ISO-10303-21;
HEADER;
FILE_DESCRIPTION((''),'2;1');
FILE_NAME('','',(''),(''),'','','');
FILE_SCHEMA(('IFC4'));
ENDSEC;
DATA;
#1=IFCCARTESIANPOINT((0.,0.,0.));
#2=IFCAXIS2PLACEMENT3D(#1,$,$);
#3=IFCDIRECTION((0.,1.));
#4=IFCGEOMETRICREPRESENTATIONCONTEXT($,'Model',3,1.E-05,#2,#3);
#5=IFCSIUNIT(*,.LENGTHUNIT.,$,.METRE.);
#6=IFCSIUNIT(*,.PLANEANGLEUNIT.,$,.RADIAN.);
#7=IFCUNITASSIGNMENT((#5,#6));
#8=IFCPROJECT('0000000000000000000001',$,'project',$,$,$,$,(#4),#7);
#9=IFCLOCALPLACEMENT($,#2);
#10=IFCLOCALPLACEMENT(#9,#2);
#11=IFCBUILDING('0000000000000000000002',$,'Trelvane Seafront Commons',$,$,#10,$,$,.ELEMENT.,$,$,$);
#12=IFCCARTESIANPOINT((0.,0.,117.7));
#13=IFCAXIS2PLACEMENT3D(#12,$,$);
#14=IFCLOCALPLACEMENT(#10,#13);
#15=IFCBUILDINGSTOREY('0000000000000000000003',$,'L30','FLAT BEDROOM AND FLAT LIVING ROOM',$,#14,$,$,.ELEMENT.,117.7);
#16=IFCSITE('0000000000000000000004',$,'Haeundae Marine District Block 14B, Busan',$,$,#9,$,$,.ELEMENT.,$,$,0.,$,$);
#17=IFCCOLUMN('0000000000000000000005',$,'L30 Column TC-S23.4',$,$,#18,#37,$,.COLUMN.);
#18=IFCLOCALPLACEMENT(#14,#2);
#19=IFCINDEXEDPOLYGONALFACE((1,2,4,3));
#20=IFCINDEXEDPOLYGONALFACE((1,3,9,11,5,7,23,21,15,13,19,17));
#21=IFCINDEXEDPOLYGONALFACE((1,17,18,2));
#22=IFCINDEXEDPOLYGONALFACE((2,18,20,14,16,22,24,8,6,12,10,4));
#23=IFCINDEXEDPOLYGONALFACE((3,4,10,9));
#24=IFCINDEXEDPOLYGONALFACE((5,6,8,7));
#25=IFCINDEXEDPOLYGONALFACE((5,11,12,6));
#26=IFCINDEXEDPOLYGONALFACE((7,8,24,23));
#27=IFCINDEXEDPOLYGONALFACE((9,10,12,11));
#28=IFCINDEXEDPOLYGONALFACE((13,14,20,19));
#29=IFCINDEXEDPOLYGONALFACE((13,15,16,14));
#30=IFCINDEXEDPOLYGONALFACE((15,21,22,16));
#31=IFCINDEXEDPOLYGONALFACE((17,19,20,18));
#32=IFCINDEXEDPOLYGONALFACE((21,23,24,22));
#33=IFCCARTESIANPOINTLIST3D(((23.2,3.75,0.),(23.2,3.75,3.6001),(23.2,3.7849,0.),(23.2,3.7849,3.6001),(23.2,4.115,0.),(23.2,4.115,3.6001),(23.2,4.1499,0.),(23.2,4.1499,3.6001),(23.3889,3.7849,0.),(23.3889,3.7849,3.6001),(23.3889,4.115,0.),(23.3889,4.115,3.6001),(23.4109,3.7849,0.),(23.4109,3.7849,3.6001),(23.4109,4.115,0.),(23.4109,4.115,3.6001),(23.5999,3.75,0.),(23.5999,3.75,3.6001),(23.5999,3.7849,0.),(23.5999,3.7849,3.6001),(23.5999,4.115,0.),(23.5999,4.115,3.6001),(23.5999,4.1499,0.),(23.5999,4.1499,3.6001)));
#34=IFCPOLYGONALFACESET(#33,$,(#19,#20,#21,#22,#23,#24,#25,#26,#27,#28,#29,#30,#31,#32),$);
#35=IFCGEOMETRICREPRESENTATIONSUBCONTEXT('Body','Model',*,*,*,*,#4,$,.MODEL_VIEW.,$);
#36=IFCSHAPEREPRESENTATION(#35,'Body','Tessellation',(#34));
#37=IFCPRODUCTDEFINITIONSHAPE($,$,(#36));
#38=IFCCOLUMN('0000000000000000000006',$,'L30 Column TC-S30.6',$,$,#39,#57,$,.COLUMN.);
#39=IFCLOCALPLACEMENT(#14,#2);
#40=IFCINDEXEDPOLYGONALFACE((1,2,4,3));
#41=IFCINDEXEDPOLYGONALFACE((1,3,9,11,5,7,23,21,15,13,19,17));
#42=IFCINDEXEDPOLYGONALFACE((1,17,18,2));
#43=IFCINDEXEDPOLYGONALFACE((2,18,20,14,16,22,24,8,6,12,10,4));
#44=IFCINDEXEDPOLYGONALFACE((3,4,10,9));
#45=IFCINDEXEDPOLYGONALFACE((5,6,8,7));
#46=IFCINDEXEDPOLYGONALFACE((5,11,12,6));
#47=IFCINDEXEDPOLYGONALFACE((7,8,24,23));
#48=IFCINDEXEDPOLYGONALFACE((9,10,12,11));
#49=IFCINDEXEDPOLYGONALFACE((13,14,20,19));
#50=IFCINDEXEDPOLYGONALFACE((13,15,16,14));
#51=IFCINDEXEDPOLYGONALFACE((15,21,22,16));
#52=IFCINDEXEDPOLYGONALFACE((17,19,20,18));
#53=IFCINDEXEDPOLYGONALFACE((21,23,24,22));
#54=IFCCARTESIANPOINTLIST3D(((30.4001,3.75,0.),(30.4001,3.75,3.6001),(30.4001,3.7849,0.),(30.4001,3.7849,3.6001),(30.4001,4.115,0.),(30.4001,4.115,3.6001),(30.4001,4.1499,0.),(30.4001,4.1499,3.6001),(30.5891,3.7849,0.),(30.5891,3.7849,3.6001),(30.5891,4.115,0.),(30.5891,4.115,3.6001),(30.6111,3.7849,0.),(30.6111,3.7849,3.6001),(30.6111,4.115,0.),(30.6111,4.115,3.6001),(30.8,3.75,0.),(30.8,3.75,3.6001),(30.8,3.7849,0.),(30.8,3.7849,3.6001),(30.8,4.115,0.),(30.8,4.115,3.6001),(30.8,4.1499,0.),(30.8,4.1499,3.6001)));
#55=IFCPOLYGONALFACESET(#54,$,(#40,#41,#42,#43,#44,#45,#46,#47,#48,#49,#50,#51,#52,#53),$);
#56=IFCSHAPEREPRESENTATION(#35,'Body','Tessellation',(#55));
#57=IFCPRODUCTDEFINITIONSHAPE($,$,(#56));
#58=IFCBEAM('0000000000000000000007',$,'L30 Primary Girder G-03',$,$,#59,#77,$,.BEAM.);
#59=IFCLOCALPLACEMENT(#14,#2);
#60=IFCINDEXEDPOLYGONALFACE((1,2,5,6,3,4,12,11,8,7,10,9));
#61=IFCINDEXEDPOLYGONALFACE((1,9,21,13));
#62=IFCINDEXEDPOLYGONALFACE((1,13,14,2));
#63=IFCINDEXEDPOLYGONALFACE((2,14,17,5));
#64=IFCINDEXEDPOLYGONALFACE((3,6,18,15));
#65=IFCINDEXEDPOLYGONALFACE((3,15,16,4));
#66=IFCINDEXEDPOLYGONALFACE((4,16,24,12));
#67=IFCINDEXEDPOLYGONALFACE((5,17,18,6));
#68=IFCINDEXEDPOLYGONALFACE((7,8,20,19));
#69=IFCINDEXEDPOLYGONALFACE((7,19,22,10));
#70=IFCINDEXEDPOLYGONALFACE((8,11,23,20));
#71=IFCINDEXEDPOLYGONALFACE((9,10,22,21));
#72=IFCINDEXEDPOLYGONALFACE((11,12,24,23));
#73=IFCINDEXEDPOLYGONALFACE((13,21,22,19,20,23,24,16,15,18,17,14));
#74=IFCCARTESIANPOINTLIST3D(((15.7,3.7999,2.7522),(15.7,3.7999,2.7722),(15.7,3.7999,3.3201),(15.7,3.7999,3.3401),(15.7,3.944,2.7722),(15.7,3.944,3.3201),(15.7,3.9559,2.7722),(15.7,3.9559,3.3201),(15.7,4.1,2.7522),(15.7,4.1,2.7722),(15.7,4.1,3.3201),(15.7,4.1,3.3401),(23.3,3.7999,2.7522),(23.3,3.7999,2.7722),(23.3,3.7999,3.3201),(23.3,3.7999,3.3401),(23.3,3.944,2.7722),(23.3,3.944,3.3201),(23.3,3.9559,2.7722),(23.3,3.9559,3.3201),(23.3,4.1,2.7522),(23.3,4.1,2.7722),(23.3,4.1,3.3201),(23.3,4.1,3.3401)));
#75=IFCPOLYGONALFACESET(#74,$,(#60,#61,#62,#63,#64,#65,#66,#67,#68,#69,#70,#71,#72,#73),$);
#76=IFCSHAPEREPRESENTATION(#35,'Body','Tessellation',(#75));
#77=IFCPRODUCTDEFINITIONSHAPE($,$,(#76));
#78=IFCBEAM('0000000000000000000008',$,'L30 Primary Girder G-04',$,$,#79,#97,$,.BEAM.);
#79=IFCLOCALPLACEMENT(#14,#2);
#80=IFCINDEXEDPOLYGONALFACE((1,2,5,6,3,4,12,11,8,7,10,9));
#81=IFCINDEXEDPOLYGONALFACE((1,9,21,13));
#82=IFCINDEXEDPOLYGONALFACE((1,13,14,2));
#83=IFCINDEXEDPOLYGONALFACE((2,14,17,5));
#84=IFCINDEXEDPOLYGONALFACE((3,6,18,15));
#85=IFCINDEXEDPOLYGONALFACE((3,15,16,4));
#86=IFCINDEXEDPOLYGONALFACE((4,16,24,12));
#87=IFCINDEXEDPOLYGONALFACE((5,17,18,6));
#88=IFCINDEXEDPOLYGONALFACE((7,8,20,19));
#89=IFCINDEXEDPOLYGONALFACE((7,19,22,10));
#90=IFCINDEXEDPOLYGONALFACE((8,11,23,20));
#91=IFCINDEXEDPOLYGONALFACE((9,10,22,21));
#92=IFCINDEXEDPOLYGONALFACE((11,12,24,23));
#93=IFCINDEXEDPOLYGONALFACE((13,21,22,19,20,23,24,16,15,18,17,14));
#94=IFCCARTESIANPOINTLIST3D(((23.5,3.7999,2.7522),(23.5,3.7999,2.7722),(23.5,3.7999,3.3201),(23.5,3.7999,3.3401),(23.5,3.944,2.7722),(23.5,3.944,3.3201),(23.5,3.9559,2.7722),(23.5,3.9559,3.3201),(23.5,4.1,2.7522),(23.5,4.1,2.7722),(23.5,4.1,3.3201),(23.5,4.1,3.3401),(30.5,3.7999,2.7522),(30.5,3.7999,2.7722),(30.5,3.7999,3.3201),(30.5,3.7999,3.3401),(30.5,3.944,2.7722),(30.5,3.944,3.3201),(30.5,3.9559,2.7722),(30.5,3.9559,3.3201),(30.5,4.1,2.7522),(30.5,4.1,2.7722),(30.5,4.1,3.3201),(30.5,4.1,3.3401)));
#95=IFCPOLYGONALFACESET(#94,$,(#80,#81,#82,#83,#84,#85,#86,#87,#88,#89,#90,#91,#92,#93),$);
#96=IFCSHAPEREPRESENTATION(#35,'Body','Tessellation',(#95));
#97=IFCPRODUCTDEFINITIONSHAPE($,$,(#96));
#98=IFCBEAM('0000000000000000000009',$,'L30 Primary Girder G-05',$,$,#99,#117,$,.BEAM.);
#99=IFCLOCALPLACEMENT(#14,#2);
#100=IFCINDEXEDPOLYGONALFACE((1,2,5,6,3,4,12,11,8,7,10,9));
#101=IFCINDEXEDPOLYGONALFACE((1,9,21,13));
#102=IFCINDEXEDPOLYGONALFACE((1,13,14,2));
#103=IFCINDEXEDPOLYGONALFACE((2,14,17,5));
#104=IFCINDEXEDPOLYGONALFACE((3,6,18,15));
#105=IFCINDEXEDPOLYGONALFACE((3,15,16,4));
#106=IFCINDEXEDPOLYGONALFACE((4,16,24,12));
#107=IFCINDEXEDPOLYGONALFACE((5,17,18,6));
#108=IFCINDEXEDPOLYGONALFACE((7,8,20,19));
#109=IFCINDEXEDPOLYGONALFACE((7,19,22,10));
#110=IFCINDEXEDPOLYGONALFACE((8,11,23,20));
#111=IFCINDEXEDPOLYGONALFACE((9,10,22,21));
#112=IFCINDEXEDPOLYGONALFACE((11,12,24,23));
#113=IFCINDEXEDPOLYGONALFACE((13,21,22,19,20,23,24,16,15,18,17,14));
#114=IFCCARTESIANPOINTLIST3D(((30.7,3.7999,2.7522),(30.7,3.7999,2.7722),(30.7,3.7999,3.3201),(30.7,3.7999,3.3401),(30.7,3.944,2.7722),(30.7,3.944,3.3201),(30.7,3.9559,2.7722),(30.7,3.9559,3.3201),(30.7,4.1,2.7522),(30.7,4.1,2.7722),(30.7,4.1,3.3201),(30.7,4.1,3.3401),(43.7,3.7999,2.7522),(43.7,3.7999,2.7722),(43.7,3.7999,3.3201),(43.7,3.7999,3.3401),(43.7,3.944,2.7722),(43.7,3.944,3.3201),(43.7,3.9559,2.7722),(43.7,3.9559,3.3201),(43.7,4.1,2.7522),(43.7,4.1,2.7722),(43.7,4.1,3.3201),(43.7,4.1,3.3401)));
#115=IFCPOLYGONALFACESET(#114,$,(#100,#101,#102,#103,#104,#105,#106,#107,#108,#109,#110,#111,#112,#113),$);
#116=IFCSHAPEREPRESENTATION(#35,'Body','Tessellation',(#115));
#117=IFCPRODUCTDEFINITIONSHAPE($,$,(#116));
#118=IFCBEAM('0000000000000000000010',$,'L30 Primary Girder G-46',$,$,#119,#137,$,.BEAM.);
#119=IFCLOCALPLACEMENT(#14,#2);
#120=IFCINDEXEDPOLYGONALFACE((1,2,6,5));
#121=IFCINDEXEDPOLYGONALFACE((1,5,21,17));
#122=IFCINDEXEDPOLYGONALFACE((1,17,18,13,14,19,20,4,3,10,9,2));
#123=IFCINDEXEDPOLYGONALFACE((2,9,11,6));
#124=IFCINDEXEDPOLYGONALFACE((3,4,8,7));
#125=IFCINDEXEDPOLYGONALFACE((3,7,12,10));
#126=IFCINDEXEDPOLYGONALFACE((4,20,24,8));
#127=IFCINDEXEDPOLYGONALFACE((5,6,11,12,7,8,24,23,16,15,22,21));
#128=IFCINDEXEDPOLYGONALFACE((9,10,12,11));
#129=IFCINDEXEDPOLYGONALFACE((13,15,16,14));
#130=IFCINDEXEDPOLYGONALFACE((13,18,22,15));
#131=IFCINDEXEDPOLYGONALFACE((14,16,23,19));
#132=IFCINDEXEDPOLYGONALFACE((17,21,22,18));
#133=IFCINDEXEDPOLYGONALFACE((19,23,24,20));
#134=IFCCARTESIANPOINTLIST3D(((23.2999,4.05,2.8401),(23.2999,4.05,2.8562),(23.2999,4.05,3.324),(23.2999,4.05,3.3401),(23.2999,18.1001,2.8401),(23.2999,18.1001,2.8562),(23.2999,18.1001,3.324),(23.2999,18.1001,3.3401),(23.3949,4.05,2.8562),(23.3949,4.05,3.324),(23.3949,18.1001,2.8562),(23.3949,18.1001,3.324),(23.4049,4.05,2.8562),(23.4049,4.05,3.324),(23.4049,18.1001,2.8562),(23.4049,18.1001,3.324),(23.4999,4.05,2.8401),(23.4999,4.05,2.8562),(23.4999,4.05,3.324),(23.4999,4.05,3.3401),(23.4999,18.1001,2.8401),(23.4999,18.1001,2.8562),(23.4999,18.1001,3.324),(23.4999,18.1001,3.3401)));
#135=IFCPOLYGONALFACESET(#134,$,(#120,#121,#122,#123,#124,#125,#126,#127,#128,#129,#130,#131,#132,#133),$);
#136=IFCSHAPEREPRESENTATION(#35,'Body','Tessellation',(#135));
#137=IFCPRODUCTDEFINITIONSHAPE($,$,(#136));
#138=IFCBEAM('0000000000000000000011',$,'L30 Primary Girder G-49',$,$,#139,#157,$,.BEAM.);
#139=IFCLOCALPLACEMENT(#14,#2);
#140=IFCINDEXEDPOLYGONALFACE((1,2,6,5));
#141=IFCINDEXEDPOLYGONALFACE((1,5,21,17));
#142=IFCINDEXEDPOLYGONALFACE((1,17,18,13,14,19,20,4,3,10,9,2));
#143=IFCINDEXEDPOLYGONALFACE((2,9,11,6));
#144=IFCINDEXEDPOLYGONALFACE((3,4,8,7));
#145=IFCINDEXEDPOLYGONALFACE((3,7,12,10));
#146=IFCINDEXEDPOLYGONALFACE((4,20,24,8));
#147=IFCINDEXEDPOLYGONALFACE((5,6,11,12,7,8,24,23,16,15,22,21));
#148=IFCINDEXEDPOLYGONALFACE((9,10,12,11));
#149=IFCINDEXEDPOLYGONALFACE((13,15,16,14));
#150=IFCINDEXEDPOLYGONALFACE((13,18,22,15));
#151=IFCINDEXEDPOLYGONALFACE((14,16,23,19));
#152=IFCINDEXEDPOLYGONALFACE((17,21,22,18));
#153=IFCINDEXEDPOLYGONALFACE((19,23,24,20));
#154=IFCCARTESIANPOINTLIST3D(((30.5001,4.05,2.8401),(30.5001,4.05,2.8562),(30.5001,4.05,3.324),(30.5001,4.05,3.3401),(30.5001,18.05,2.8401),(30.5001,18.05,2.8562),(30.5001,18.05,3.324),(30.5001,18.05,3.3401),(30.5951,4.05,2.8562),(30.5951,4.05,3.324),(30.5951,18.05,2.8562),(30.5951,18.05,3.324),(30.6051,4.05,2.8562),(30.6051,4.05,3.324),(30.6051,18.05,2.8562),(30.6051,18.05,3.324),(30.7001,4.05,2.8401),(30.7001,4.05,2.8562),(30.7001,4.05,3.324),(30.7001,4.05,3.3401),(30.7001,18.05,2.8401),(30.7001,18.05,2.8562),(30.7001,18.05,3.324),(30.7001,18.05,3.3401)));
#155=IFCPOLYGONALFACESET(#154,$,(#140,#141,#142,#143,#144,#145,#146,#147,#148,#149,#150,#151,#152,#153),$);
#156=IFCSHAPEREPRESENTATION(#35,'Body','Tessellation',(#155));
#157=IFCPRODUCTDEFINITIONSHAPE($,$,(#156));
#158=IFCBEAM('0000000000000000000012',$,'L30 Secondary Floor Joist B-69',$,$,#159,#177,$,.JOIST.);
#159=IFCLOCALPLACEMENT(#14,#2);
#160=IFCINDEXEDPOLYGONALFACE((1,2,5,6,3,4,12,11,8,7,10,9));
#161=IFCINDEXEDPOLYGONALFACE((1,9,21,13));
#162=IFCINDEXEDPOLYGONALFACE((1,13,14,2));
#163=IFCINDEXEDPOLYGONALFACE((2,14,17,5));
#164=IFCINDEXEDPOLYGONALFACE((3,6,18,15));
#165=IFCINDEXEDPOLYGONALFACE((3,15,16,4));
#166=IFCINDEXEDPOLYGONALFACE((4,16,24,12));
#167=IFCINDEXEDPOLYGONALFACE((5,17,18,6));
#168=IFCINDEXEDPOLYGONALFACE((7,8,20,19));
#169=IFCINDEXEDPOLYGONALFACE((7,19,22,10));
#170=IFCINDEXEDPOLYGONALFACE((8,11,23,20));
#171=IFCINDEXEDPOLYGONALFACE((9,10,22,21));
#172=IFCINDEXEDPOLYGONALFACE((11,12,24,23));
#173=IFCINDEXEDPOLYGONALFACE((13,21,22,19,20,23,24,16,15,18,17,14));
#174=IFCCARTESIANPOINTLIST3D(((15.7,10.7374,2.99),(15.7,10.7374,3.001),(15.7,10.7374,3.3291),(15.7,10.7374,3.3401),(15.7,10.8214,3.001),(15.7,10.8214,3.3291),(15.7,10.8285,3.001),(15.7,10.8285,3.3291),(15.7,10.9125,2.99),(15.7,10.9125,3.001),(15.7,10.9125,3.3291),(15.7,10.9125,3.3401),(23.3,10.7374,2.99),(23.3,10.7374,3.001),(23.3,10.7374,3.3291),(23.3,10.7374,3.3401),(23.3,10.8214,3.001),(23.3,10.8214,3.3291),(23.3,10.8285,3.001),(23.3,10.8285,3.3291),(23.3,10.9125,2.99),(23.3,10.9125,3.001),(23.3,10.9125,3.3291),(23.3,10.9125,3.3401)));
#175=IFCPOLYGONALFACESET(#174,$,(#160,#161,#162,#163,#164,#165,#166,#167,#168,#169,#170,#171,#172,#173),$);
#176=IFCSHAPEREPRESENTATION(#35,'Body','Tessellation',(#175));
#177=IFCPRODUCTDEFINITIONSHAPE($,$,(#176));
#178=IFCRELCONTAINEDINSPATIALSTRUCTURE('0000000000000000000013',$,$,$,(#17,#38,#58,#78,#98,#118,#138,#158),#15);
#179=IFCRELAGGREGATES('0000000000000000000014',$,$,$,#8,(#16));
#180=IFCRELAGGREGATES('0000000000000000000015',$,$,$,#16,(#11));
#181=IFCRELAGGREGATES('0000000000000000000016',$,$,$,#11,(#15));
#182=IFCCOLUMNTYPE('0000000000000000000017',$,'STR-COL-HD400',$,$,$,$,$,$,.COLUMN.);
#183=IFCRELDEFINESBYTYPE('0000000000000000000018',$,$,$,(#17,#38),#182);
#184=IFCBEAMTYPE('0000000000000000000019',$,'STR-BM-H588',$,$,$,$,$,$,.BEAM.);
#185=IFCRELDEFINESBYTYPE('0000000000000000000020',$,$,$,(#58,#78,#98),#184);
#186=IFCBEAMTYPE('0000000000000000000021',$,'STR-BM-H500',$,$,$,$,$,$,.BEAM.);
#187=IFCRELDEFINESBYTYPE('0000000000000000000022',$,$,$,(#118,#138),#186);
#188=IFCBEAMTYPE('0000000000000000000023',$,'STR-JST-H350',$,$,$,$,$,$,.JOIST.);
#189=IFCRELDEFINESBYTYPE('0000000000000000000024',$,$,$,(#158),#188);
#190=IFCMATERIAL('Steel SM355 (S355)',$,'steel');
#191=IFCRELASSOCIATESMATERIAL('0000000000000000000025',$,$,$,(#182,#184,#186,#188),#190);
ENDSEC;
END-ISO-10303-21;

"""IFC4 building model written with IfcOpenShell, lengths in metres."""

from ifc_helpers import new_model, si_unit, direction, frame, origin, origin_2d, place, context, subcontext, project, spatial, i_section, extrude, source, transform, mapped, material, material_profile, profile_set, type_object, element, save


model = new_model("IFC4")

# Units and contexts
model_context = context("Model", 3, precision=1e-05, world=origin(), true_north=direction((0.0, 1.0)))
body_context = subcontext(model_context, "Body", "Model", "MODEL_VIEW")
ifc_project = project(units=[si_unit("LENGTHUNIT", "METRE"), si_unit("PLANEANGLEUNIT", "RADIAN")], contexts=[model_context])

# Site, building, storey
site_placement = place(None, origin())
site = spatial("IfcSite", under=ifc_project, at=site_placement, Name="Haeundae Marine District Block 14B, Busan", CompositionType="ELEMENT", RefElevation=0.0)
building_placement = place(site_placement, origin())
building = spatial("IfcBuilding", under=site, at=building_placement, Name="Trelvane Seafront Commons", CompositionType="ELEMENT")
storey_placement = place(building_placement, frame((0.0, 0.0, 117.7)))
storey = spatial("IfcBuildingStorey", under=building, at=storey_placement, Name="L30", Description="FLAT BEDROOM AND FLAT LIVING ROOM", CompositionType="ELEMENT", Elevation=117.7)

# Columns
ifc_material_1 = material(Name="Steel SM355 (S355)", Category="steel")
ifc_material_profile_1 = material_profile(ifc_material_1, i_section(OverallWidth=0.3999, OverallDepth=0.3999, WebThickness=0.022, FlangeThickness=0.0349, at=origin_2d()), Name="HD-400x400x22x35")
ifc_profile_set_1 = profile_set([ifc_material_profile_1], Name="Steel SM355 (S355)")
column_type = type_object("IfcColumnType", Name="STR-COL-HD400", PredefinedType="COLUMN", material=ifc_profile_set_1)
shared_shape_1 = source(origin(), body_context, "Body", "SweptSolid", [
    extrude(i_section(OverallWidth=0.3999, OverallDepth=0.3999, WebThickness=0.022, FlangeThickness=0.0349, at=origin_2d()), origin(), (0.0, 0.0, 1.0), 3.6001),
])
for number, where, z_axis, x_axis, name in (
    (1, (23.3999, 3.95, 0.0), (0.0, 0.0, 1.0), (1.0, 0.0, 0.0), "L30 Column TC-S23.4"),
    (2, (30.6001, 3.95, 0.0), (0.0, 0.0, 1.0), (1.0, 0.0, 0.0), "L30 Column TC-S30.6"),
):
    element("IfcColumn", number, at=place(storey_placement, frame(where, z_axis=z_axis, x_axis=x_axis)), inside=storey, type_object=column_type, Name=name, PredefinedType="COLUMN", context=body_context, shape_type="MappedRepresentation", body=[
        mapped(shared_shape_1, transform((0.0, 0.0, 0.0), x_axis=(1.0, 0.0, 0.0), y_axis=(0.0, 1.0, 0.0), z_axis=(0.0, 0.0, 1.0), scale=1.0)),
    ])

# Beams
ifc_material_profile_2 = material_profile(ifc_material_1, i_section(OverallWidth=0.3, OverallDepth=0.5879, WebThickness=0.012, FlangeThickness=0.02, at=origin_2d()), Name="H-588x300x12x20")
ifc_profile_set_2 = profile_set([ifc_material_profile_2], Name="Steel SM355 (S355)")
beam_type_1 = type_object("IfcBeamType", Name="STR-BM-H588", PredefinedType="BEAM", material=ifc_profile_set_2)
shared_shape_2 = source(origin(), body_context, "Body", "SweptSolid", [
    extrude(i_section(OverallWidth=0.3, OverallDepth=0.5879, WebThickness=0.012, FlangeThickness=0.02, at=origin_2d()), origin(), (0.0, 0.0, 1.0), 7.6001),
])
beam_1_placement = place(storey_placement, frame((15.7, 3.95, 3.0461), z_axis=(1.0, 0.0, 0.0), x_axis=(0.0, 1.0, 0.0)))
element("IfcBeam", 3, at=beam_1_placement, inside=storey, type_object=beam_type_1, Name="L30 Primary Girder G-03", PredefinedType="BEAM", context=body_context, shape_type="MappedRepresentation", body=[
    mapped(shared_shape_2, transform((0.0, 0.0, 0.0), x_axis=(1.0, 0.0, 0.0), y_axis=(0.0, 1.0, 0.0), z_axis=(0.0, 0.0, 1.0), scale=1.0)),
])
shared_shape_3 = source(origin(), body_context, "Body", "SweptSolid", [
    extrude(i_section(OverallWidth=0.3, OverallDepth=0.5879, WebThickness=0.012, FlangeThickness=0.02, at=origin_2d()), origin(), (0.0, 0.0, 1.0), 7.0),
])
beam_2_placement = place(storey_placement, frame((23.5, 3.95, 3.0461), z_axis=(1.0, 0.0, 0.0), x_axis=(0.0, 1.0, 0.0)))
element("IfcBeam", 4, at=beam_2_placement, inside=storey, type_object=beam_type_1, Name="L30 Primary Girder G-04", PredefinedType="BEAM", context=body_context, shape_type="MappedRepresentation", body=[
    mapped(shared_shape_3, transform((0.0, 0.0, 0.0), x_axis=(1.0, 0.0, 0.0), y_axis=(0.0, 1.0, 0.0), z_axis=(0.0, 0.0, 1.0), scale=1.0)),
])
shared_shape_4 = source(origin(), body_context, "Body", "SweptSolid", [
    extrude(i_section(OverallWidth=0.3, OverallDepth=0.5879, WebThickness=0.012, FlangeThickness=0.02, at=origin_2d()), origin(), (0.0, 0.0, 1.0), 13.0),
])
beam_3_placement = place(storey_placement, frame((30.7, 3.95, 3.0461), z_axis=(1.0, 0.0, 0.0), x_axis=(0.0, 1.0, 0.0)))
element("IfcBeam", 5, at=beam_3_placement, inside=storey, type_object=beam_type_1, Name="L30 Primary Girder G-05", PredefinedType="BEAM", context=body_context, shape_type="MappedRepresentation", body=[
    mapped(shared_shape_4, transform((0.0, 0.0, 0.0), x_axis=(1.0, 0.0, 0.0), y_axis=(0.0, 1.0, 0.0), z_axis=(0.0, 0.0, 1.0), scale=1.0)),
])
ifc_material_profile_3 = material_profile(ifc_material_1, i_section(OverallWidth=0.2, OverallDepth=0.5, WebThickness=0.01, FlangeThickness=0.0161, at=origin_2d()), Name="H-500x200x10x16")
ifc_profile_set_3 = profile_set([ifc_material_profile_3], Name="Steel SM355 (S355)")
beam_type_2 = type_object("IfcBeamType", Name="STR-BM-H500", PredefinedType="BEAM", material=ifc_profile_set_3)
shared_shape_5 = source(origin(), body_context, "Body", "SweptSolid", [
    extrude(i_section(OverallWidth=0.2, OverallDepth=0.5, WebThickness=0.01, FlangeThickness=0.0161, at=origin_2d()), origin(), (0.0, 0.0, 1.0), 14.05),
])
beam_4_placement = place(storey_placement, frame((23.3999, 4.05, 3.0901), z_axis=(0.0, 1.0, 0.0), x_axis=(-1.0, 0.0, 0.0)))
element("IfcBeam", 6, at=beam_4_placement, inside=storey, type_object=beam_type_2, Name="L30 Primary Girder G-46", PredefinedType="BEAM", context=body_context, shape_type="MappedRepresentation", body=[
    mapped(shared_shape_5, transform((0.0, 0.0, 0.0), x_axis=(1.0, 0.0, 0.0), y_axis=(0.0, 1.0, 0.0), z_axis=(0.0, 0.0, 1.0), scale=1.0)),
])
shared_shape_6 = source(origin(), body_context, "Body", "SweptSolid", [
    extrude(i_section(OverallWidth=0.2, OverallDepth=0.5, WebThickness=0.01, FlangeThickness=0.0161, at=origin_2d()), origin(), (0.0, 0.0, 1.0), 14.0),
])
beam_5_placement = place(storey_placement, frame((30.6001, 4.05, 3.0901), z_axis=(0.0, 1.0, 0.0), x_axis=(-1.0, 0.0, 0.0)))
element("IfcBeam", 7, at=beam_5_placement, inside=storey, type_object=beam_type_2, Name="L30 Primary Girder G-49", PredefinedType="BEAM", context=body_context, shape_type="MappedRepresentation", body=[
    mapped(shared_shape_6, transform((0.0, 0.0, 0.0), x_axis=(1.0, 0.0, 0.0), y_axis=(0.0, 1.0, 0.0), z_axis=(0.0, 0.0, 1.0), scale=1.0)),
])
ifc_material_profile_4 = material_profile(ifc_material_1, i_section(OverallWidth=0.175, OverallDepth=0.3501, WebThickness=0.0071, FlangeThickness=0.011, at=origin_2d()), Name="H-350x175x7x11")
ifc_profile_set_4 = profile_set([ifc_material_profile_4], Name="Steel SM355 (S355)")
beam_type_3 = type_object("IfcBeamType", Name="STR-JST-H350", PredefinedType="JOIST", material=ifc_profile_set_4)
shared_shape_7 = source(origin(), body_context, "Body", "SweptSolid", [
    extrude(i_section(OverallWidth=0.175, OverallDepth=0.3501, WebThickness=0.0071, FlangeThickness=0.011, at=origin_2d()), origin(), (0.0, 0.0, 1.0), 7.6001),
])
beam_6_placement = place(storey_placement, frame((15.7, 10.825, 3.165), z_axis=(1.0, 0.0, 0.0), x_axis=(0.0, 1.0, 0.0)))
element("IfcBeam", 8, at=beam_6_placement, inside=storey, type_object=beam_type_3, Name="L30 Secondary Floor Joist B-69", PredefinedType="JOIST", context=body_context, shape_type="MappedRepresentation", body=[
    mapped(shared_shape_7, transform((0.0, 0.0, 0.0), x_axis=(1.0, 0.0, 0.0), y_axis=(0.0, 1.0, 0.0), z_axis=(0.0, 0.0, 1.0), scale=1.0)),
])

save(model, "model.ifc")
